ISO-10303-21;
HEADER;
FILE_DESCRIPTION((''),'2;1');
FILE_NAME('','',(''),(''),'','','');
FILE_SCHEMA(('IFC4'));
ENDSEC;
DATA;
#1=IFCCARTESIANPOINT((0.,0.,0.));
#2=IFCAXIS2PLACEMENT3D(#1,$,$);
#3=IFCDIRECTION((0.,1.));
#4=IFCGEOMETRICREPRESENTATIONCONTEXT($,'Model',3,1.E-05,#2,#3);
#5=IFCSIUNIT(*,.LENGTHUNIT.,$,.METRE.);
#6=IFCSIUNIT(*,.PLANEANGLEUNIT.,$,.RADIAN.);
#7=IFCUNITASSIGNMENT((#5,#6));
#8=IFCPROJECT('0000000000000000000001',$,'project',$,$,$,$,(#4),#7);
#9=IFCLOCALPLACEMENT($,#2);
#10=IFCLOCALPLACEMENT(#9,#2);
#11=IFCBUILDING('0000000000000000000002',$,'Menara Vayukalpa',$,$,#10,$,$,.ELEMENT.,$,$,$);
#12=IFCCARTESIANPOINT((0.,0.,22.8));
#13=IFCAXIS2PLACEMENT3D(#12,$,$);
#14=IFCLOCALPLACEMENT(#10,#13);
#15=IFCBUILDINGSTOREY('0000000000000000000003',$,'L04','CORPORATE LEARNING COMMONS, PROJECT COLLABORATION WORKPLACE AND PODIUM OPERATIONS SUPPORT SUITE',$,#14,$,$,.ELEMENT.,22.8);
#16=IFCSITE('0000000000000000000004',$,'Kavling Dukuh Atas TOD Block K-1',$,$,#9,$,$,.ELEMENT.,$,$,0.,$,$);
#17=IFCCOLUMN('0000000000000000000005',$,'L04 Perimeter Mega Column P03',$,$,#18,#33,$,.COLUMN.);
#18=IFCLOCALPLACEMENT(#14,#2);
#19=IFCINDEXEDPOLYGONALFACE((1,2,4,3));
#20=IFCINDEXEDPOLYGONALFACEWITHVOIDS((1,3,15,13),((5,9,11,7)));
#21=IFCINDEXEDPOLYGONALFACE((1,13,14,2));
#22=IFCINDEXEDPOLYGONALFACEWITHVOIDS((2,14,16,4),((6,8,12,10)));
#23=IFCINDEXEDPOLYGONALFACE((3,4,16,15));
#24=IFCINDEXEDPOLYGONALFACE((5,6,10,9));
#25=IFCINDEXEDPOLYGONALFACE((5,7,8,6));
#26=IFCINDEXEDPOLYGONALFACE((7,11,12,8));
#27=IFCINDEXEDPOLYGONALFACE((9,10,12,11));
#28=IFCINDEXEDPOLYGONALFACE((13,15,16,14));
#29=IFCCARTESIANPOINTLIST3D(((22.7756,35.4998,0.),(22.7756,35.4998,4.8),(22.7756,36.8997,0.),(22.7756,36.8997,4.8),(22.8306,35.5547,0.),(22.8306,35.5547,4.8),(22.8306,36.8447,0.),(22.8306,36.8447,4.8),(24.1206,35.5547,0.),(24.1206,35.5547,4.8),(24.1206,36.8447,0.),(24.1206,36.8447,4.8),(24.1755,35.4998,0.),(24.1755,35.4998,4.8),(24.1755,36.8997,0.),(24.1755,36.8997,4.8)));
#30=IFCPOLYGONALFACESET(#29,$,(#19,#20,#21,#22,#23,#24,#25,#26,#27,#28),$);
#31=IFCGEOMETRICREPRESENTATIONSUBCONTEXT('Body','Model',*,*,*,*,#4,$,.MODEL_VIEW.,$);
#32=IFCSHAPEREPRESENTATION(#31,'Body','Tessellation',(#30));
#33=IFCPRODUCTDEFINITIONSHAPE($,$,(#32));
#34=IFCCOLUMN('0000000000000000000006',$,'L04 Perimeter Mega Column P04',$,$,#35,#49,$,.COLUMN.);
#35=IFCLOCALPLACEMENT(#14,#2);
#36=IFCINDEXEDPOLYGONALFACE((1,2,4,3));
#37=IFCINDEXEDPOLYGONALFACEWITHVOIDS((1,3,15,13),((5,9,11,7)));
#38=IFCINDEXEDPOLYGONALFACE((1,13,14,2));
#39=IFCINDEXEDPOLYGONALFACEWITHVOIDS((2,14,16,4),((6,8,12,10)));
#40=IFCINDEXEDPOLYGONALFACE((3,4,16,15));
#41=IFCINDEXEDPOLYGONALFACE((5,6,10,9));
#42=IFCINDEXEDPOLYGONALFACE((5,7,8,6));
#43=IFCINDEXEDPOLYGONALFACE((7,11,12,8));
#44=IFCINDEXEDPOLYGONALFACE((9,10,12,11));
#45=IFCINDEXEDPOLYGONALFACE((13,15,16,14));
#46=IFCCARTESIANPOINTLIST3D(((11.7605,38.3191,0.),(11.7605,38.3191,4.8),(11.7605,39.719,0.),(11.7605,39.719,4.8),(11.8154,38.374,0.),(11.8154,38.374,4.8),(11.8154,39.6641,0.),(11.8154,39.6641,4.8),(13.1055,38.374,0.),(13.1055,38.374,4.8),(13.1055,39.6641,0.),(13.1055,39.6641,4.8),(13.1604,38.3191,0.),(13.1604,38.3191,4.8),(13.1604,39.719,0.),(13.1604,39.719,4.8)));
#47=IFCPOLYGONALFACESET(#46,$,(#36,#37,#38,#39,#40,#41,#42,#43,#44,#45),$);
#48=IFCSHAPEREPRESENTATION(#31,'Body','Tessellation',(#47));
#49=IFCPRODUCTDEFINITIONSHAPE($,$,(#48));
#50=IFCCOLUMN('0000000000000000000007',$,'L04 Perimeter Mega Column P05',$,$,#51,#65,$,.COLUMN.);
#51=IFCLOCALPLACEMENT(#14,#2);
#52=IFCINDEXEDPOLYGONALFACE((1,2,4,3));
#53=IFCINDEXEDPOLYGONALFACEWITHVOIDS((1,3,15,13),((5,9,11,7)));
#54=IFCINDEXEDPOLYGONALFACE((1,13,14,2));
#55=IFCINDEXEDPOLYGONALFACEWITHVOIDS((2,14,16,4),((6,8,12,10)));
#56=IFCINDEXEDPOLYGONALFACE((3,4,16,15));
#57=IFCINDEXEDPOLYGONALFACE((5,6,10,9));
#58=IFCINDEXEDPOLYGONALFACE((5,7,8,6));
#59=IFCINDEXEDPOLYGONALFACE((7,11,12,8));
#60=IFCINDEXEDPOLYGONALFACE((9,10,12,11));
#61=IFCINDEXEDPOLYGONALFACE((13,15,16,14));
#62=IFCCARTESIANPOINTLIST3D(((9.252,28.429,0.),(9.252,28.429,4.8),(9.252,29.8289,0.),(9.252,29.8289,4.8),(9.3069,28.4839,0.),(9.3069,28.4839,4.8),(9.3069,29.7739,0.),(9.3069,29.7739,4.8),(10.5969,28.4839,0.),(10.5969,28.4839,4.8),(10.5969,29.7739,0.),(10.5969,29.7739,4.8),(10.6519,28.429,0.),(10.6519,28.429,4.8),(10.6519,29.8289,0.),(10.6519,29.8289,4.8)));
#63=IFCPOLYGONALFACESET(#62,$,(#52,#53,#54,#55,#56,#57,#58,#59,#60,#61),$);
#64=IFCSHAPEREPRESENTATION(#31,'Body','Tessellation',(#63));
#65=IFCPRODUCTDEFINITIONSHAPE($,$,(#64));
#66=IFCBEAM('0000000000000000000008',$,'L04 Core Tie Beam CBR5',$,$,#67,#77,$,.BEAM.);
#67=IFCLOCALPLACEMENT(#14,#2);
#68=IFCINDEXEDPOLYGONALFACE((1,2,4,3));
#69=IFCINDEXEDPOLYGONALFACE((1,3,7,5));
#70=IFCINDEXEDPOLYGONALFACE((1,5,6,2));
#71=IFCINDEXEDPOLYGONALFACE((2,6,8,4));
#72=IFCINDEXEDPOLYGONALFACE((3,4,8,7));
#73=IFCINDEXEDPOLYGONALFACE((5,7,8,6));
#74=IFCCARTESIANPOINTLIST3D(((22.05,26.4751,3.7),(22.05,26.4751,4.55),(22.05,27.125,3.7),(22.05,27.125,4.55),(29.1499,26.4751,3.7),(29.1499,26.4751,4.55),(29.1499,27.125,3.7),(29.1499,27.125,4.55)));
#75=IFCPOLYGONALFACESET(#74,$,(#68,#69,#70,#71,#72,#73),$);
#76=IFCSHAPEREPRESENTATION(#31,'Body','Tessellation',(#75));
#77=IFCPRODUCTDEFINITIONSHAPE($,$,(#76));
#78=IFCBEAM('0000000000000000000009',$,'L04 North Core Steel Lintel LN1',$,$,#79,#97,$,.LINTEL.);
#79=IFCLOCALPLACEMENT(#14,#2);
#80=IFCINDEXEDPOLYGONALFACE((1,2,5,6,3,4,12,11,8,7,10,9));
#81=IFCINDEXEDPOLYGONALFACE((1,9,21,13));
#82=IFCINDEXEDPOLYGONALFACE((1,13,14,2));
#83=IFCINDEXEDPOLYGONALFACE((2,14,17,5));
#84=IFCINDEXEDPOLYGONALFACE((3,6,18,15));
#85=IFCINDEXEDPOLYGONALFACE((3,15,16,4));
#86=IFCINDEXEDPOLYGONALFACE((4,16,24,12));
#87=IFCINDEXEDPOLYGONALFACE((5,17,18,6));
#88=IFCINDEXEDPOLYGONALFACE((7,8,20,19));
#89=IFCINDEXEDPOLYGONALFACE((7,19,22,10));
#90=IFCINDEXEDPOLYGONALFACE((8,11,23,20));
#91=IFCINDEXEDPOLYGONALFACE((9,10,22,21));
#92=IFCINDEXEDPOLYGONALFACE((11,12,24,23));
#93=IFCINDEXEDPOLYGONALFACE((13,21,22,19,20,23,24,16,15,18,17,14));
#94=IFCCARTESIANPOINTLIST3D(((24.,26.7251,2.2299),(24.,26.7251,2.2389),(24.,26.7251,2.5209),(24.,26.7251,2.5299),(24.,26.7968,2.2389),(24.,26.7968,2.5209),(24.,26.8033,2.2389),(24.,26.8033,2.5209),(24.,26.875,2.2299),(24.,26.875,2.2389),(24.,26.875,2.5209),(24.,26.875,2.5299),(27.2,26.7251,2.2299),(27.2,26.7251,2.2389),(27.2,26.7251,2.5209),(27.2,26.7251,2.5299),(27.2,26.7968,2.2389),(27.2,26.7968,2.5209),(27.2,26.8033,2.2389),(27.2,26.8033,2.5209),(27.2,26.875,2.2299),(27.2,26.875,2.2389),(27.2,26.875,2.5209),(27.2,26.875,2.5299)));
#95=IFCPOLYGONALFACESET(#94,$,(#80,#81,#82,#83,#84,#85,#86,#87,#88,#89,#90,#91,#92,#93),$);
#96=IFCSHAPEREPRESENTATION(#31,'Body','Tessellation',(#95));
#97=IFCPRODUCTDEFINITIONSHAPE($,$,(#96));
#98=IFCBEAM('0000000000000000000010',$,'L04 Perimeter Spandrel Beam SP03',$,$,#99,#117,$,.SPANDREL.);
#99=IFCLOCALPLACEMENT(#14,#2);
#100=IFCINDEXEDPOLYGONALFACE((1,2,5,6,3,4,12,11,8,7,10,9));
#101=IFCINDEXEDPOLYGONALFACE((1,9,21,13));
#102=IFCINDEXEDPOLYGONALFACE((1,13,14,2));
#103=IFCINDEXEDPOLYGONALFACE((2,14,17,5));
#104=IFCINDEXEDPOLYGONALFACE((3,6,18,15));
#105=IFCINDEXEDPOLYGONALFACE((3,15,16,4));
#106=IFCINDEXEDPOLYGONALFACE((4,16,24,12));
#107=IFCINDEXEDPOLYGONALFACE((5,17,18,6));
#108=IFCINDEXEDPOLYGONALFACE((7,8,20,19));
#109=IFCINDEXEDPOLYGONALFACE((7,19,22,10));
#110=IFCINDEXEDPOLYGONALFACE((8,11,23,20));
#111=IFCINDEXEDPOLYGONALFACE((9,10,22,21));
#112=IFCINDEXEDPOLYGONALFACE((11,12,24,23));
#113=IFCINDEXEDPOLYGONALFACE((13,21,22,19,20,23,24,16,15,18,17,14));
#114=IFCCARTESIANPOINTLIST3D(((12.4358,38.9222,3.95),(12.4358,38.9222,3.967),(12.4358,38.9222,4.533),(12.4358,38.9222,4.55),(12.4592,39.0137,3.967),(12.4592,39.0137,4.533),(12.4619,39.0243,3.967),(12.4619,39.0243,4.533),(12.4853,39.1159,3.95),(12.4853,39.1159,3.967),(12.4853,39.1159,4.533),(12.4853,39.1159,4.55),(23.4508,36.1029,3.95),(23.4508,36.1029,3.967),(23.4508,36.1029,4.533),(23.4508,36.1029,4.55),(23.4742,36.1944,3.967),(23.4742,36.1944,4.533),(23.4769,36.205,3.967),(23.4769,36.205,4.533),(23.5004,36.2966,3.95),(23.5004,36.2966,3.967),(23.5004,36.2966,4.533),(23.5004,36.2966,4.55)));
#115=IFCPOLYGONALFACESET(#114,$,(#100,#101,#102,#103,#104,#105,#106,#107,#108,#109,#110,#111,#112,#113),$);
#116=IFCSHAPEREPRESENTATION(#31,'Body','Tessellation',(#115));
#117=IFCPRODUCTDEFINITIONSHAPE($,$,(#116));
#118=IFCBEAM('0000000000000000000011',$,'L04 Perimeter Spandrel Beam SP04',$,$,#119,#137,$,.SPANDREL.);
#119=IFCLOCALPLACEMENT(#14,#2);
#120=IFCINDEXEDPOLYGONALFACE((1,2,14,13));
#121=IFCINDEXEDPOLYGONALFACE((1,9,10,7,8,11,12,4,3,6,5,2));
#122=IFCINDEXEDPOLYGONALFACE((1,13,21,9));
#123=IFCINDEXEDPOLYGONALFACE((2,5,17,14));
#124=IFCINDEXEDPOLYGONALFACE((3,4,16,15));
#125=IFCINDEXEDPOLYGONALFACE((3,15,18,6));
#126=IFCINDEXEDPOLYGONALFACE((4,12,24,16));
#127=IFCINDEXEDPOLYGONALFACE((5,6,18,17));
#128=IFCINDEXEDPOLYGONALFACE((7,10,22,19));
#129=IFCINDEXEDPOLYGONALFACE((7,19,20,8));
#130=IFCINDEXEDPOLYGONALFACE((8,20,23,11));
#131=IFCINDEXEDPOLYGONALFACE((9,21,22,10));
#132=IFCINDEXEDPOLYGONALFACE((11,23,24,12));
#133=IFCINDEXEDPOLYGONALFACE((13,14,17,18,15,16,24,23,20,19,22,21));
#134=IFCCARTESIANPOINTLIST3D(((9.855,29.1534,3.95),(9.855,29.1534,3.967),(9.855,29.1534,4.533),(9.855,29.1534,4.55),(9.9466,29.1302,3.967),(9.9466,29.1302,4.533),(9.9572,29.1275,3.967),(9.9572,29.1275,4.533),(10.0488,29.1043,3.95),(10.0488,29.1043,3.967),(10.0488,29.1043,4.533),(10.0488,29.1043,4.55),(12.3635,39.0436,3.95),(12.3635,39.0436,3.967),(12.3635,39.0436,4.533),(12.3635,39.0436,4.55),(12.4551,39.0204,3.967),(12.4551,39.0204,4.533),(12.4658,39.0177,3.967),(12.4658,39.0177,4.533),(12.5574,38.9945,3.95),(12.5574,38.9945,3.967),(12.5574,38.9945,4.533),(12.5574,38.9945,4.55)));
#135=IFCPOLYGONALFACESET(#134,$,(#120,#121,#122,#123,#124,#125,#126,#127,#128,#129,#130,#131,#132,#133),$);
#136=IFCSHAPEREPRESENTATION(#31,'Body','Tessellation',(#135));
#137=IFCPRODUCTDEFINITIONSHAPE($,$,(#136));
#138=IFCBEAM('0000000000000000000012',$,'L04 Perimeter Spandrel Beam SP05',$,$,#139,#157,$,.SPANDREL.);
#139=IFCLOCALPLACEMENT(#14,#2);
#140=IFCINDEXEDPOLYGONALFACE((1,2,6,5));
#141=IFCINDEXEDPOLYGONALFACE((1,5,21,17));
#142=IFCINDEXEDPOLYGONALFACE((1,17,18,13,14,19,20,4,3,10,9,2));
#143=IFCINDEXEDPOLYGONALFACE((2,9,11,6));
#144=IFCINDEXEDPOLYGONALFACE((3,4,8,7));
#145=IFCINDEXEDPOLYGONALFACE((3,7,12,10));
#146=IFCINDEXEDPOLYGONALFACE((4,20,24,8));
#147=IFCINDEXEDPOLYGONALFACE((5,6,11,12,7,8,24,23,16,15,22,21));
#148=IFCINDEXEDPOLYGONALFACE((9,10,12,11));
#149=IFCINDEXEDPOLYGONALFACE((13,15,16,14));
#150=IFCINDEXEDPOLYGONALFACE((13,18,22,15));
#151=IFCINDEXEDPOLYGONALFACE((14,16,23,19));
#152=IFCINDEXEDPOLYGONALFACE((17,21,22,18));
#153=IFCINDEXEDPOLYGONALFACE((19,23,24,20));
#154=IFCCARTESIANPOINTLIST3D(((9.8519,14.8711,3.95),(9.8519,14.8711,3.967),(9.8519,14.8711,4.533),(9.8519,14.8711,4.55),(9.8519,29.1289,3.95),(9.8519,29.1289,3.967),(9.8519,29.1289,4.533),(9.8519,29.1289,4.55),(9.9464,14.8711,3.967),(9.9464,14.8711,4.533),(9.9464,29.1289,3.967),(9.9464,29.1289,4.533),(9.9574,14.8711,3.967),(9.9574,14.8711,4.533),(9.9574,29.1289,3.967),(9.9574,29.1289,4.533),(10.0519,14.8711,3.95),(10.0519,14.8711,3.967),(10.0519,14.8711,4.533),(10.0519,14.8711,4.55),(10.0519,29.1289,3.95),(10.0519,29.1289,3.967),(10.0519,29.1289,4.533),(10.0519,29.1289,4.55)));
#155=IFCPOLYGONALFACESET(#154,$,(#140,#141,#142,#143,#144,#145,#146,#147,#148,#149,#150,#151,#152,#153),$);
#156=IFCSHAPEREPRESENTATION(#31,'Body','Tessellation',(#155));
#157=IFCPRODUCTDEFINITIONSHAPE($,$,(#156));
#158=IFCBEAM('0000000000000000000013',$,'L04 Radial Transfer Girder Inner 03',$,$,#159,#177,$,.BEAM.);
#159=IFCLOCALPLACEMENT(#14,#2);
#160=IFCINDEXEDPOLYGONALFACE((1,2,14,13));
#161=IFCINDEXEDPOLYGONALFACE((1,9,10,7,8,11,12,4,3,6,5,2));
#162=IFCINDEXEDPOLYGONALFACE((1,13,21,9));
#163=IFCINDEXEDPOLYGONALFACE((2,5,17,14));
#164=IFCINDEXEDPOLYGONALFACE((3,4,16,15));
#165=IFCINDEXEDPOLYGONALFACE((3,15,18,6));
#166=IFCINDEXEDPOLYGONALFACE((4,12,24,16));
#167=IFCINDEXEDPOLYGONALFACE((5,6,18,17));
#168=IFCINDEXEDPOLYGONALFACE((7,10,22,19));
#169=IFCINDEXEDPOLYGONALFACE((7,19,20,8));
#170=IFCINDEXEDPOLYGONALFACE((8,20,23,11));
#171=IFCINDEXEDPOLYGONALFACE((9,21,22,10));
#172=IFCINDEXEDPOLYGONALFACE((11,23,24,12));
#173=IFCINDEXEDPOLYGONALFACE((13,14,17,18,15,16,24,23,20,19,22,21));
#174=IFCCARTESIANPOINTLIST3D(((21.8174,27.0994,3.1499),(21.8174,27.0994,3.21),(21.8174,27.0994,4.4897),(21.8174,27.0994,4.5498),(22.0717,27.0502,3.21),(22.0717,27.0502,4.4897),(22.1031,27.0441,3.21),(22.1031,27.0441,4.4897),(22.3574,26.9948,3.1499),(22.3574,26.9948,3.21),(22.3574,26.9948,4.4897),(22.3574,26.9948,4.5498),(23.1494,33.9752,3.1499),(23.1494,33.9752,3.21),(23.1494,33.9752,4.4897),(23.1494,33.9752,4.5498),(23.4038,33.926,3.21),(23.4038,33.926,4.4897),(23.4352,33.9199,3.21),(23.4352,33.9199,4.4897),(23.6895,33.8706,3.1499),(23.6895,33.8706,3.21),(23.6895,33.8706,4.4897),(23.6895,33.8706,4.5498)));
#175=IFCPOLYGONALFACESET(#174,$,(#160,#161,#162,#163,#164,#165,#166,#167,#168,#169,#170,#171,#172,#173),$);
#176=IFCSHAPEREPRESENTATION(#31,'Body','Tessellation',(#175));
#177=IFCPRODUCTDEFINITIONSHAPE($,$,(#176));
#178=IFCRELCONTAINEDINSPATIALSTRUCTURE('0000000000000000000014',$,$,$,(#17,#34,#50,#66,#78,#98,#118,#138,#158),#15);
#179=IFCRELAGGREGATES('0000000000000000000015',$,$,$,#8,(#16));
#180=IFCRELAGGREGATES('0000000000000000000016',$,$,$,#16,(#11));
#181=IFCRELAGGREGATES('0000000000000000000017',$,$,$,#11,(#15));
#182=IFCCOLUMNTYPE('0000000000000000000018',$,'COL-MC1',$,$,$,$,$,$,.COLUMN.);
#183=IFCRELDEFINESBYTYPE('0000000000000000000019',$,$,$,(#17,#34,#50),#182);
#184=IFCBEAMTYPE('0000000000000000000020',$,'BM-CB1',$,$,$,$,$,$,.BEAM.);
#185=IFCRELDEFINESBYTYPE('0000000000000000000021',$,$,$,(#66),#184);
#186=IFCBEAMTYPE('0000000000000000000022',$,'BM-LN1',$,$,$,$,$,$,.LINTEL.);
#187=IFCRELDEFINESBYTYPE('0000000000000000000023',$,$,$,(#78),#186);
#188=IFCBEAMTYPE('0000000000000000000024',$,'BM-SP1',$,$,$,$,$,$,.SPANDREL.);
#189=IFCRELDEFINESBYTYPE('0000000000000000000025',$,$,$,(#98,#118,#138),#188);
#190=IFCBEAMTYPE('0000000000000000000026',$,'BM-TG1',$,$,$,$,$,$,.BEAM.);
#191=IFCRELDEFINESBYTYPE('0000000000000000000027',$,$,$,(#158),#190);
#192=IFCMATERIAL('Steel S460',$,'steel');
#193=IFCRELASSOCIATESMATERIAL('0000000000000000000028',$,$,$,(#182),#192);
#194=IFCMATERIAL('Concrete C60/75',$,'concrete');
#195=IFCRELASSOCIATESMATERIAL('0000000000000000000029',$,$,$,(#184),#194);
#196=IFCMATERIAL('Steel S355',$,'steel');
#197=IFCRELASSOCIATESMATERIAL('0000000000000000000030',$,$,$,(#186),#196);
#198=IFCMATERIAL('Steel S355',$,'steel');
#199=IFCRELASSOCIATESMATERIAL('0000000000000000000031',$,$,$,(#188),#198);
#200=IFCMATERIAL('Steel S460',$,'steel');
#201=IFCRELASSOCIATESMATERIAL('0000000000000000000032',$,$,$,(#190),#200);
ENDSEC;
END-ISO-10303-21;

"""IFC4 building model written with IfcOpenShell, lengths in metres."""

from ifc_helpers import new_model, si_unit, direction, frame, origin, origin_2d, place, context, subcontext, project, spatial, rectangle, hollow_rectangle, i_section, extrude, material, material_profile, profile_set, type_object, element, save


model = new_model("IFC4")

# Units and contexts
model_context = context("Model", 3, precision=1e-05, world=origin(), true_north=direction((0.0, 1.0)))
body_context = subcontext(model_context, "Body", "Model", "MODEL_VIEW")
ifc_project = project(units=[si_unit("LENGTHUNIT", "METRE"), si_unit("PLANEANGLEUNIT", "RADIAN")], contexts=[model_context])

# Site, building, storey
site_placement = place(None, origin())
site = spatial("IfcSite", under=ifc_project, at=site_placement, Name="Kavling Dukuh Atas TOD Block K-1", CompositionType="ELEMENT", RefElevation=0.0)
building_placement = place(site_placement, origin())
building = spatial("IfcBuilding", under=site, at=building_placement, Name="Menara Vayukalpa", CompositionType="ELEMENT")
storey_placement = place(building_placement, frame((0.0, 0.0, 22.8)))
storey = spatial("IfcBuildingStorey", under=building, at=storey_placement, Name="L04", Description="CORPORATE LEARNING COMMONS, PROJECT COLLABORATION WORKPLACE AND PODIUM OPERATIONS SUPPORT SUITE", CompositionType="ELEMENT", Elevation=22.8)

# Columns
ifc_material_1 = material(Name="Steel S460", Category="steel")
ifc_material_profile_1 = material_profile(ifc_material_1, hollow_rectangle(XDim=1.3999, YDim=1.3999, WallThickness=0.0549, at=origin_2d()), Name="BOX 1400x1400x55")
ifc_profile_set_1 = profile_set([ifc_material_profile_1], Name="Steel S460")
column_type = type_object("IfcColumnType", Name="COL-MC1", PredefinedType="COLUMN", material=ifc_profile_set_1)
for number, where, z_axis, x_axis, name in (
    (1, (23.4756, 36.1997, 0.0), (0.0, 0.0, 1.0), (1.0, 0.0, 0.0), "L04 Perimeter Mega Column P03"),
    (2, (12.4604, 39.019, 0.0), (0.0, 0.0, 1.0), (1.0, 0.0, 0.0), "L04 Perimeter Mega Column P04"),
    (3, (9.9519, 29.1289, 0.0), (0.0, 0.0, 1.0), (1.0, 0.0, 0.0), "L04 Perimeter Mega Column P05"),
):
    element("IfcColumn", number, at=place(storey_placement, frame(where, z_axis=z_axis, x_axis=x_axis)), inside=storey, type_object=column_type, Name=name, PredefinedType="COLUMN", context=body_context, shape_type="SweptSolid", body=[
        extrude(hollow_rectangle(XDim=1.3999, YDim=1.3999, WallThickness=0.0549, at=origin_2d()), origin(), (0.0, 0.0, 1.0), 4.8),
    ])

# Beams
ifc_material_2 = material(Name="Concrete C60/75", Category="concrete")
ifc_material_profile_2 = material_profile(ifc_material_2, rectangle(XDim=0.6499, YDim=0.8501, at=origin_2d()), Name="RC 650x850")
ifc_profile_set_2 = profile_set([ifc_material_profile_2], Name="Concrete C60/75")
beam_type_1 = type_object("IfcBeamType", Name="BM-CB1", PredefinedType="BEAM", material=ifc_profile_set_2)
beam_1_placement = place(storey_placement, frame((22.05, 26.8, 4.125), z_axis=(1.0, 0.0, 0.0), x_axis=(0.0, 1.0, 0.0)))
element("IfcBeam", 4, at=beam_1_placement, inside=storey, type_object=beam_type_1, Name="L04 Core Tie Beam CBR5", PredefinedType="BEAM", context=body_context, shape_type="SweptSolid", body=[
    extrude(rectangle(XDim=0.6499, YDim=0.8501, at=origin_2d()), origin(), (0.0, 0.0, 1.0), 7.0999),
])
ifc_material_3 = material(Name="Steel S355", Category="steel")
ifc_material_profile_3 = material_profile(ifc_material_3, i_section(OverallWidth=0.1499, OverallDepth=0.3, WebThickness=0.0066, FlangeThickness=0.009, at=origin_2d()), Name="WF 300x150x6.5x9")
ifc_profile_set_3 = profile_set([ifc_material_profile_3], Name="Steel S355")
beam_type_2 = type_object("IfcBeamType", Name="BM-LN1", PredefinedType="LINTEL", material=ifc_profile_set_3)
beam_2_placement = place(storey_placement, frame((24.0, 26.8, 2.3799), z_axis=(1.0, 0.0, 0.0), x_axis=(0.0, 1.0, 0.0)))
element("IfcBeam", 5, at=beam_2_placement, inside=storey, type_object=beam_type_2, Name="L04 North Core Steel Lintel LN1", PredefinedType="LINTEL", context=body_context, shape_type="SweptSolid", body=[
    extrude(i_section(OverallWidth=0.1499, OverallDepth=0.3, WebThickness=0.0066, FlangeThickness=0.009, at=origin_2d()), origin(), (0.0, 0.0, 1.0), 3.2),
])
ifc_material_4 = material(Name="Steel S355", Category="steel")
ifc_material_profile_4 = material_profile(ifc_material_4, i_section(OverallWidth=0.2, OverallDepth=0.6001, WebThickness=0.011, FlangeThickness=0.0171, at=origin_2d()), Name="WF 600x200x11x17")
ifc_profile_set_4 = profile_set([ifc_material_profile_4], Name="Steel S355")
beam_type_3 = type_object("IfcBeamType", Name="BM-SP1", PredefinedType="SPANDREL", material=ifc_profile_set_4)
beam_3_placement = place(storey_placement, frame((23.4756, 36.1997, 4.25), z_axis=(-0.968771, 0.247958, 0.0), x_axis=(-0.247958, -0.968771, 0.0)))
element("IfcBeam", 6, at=beam_3_placement, inside=storey, type_object=beam_type_3, Name="L04 Perimeter Spandrel Beam SP03", PredefinedType="SPANDREL", context=body_context, shape_type="SweptSolid", body=[
    extrude(i_section(OverallWidth=0.2, OverallDepth=0.6001, WebThickness=0.011, FlangeThickness=0.0171, at=origin_2d()), origin(), (0.0, 0.0, 1.0), 11.3701),
])
beam_4_placement = place(storey_placement, frame((12.4604, 39.019, 4.25), z_axis=(-0.245856, -0.969306, 0.0), x_axis=(0.969306, -0.245856, 0.0)))
element("IfcBeam", 7, at=beam_4_placement, inside=storey, type_object=beam_type_3, Name="L04 Perimeter Spandrel Beam SP04", PredefinedType="SPANDREL", context=body_context, shape_type="SweptSolid", body=[
    extrude(i_section(OverallWidth=0.2, OverallDepth=0.6001, WebThickness=0.011, FlangeThickness=0.0171, at=origin_2d()), origin(), (0.0, 0.0, 1.0), 10.2034),
])
beam_5_placement = place(storey_placement, frame((9.9519, 29.1289, 4.25), z_axis=(0.0, -1.0, 0.0), x_axis=(1.0, 0.0, 0.0)))
element("IfcBeam", 8, at=beam_5_placement, inside=storey, type_object=beam_type_3, Name="L04 Perimeter Spandrel Beam SP05", PredefinedType="SPANDREL", context=body_context, shape_type="SweptSolid", body=[
    extrude(i_section(OverallWidth=0.2, OverallDepth=0.6001, WebThickness=0.011, FlangeThickness=0.0171, at=origin_2d()), origin(), (0.0, 0.0, 1.0), 14.2578),
])
ifc_material_5 = material(Name="Steel S460", Category="steel")
ifc_material_profile_5 = material_profile(ifc_material_5, i_section(OverallWidth=0.55, OverallDepth=1.3999, WebThickness=0.032, FlangeThickness=0.0601, at=origin_2d()), Name="WG 1400x550x32x60")
ifc_profile_set_5 = profile_set([ifc_material_profile_5], Name="Steel S460")
beam_type_4 = type_object("IfcBeamType", Name="BM-TG1", PredefinedType="BEAM", material=ifc_profile_set_5)
beam_6_placement = place(storey_placement, frame((22.0874, 27.0471, 3.8499), z_axis=(0.190193, 0.981747, 0.0), x_axis=(-0.981747, 0.190193, 0.0)))
element("IfcBeam", 9, at=beam_6_placement, inside=storey, type_object=beam_type_4, Name="L04 Radial Transfer Girder Inner 03", PredefinedType="BEAM", context=body_context, shape_type="SweptSolid", body=[
    extrude(i_section(OverallWidth=0.55, OverallDepth=1.3999, WebThickness=0.032, FlangeThickness=0.0601, at=origin_2d()), origin(), (0.0, 0.0, 1.0), 7.0037),
])

save(model, "model.ifc")
